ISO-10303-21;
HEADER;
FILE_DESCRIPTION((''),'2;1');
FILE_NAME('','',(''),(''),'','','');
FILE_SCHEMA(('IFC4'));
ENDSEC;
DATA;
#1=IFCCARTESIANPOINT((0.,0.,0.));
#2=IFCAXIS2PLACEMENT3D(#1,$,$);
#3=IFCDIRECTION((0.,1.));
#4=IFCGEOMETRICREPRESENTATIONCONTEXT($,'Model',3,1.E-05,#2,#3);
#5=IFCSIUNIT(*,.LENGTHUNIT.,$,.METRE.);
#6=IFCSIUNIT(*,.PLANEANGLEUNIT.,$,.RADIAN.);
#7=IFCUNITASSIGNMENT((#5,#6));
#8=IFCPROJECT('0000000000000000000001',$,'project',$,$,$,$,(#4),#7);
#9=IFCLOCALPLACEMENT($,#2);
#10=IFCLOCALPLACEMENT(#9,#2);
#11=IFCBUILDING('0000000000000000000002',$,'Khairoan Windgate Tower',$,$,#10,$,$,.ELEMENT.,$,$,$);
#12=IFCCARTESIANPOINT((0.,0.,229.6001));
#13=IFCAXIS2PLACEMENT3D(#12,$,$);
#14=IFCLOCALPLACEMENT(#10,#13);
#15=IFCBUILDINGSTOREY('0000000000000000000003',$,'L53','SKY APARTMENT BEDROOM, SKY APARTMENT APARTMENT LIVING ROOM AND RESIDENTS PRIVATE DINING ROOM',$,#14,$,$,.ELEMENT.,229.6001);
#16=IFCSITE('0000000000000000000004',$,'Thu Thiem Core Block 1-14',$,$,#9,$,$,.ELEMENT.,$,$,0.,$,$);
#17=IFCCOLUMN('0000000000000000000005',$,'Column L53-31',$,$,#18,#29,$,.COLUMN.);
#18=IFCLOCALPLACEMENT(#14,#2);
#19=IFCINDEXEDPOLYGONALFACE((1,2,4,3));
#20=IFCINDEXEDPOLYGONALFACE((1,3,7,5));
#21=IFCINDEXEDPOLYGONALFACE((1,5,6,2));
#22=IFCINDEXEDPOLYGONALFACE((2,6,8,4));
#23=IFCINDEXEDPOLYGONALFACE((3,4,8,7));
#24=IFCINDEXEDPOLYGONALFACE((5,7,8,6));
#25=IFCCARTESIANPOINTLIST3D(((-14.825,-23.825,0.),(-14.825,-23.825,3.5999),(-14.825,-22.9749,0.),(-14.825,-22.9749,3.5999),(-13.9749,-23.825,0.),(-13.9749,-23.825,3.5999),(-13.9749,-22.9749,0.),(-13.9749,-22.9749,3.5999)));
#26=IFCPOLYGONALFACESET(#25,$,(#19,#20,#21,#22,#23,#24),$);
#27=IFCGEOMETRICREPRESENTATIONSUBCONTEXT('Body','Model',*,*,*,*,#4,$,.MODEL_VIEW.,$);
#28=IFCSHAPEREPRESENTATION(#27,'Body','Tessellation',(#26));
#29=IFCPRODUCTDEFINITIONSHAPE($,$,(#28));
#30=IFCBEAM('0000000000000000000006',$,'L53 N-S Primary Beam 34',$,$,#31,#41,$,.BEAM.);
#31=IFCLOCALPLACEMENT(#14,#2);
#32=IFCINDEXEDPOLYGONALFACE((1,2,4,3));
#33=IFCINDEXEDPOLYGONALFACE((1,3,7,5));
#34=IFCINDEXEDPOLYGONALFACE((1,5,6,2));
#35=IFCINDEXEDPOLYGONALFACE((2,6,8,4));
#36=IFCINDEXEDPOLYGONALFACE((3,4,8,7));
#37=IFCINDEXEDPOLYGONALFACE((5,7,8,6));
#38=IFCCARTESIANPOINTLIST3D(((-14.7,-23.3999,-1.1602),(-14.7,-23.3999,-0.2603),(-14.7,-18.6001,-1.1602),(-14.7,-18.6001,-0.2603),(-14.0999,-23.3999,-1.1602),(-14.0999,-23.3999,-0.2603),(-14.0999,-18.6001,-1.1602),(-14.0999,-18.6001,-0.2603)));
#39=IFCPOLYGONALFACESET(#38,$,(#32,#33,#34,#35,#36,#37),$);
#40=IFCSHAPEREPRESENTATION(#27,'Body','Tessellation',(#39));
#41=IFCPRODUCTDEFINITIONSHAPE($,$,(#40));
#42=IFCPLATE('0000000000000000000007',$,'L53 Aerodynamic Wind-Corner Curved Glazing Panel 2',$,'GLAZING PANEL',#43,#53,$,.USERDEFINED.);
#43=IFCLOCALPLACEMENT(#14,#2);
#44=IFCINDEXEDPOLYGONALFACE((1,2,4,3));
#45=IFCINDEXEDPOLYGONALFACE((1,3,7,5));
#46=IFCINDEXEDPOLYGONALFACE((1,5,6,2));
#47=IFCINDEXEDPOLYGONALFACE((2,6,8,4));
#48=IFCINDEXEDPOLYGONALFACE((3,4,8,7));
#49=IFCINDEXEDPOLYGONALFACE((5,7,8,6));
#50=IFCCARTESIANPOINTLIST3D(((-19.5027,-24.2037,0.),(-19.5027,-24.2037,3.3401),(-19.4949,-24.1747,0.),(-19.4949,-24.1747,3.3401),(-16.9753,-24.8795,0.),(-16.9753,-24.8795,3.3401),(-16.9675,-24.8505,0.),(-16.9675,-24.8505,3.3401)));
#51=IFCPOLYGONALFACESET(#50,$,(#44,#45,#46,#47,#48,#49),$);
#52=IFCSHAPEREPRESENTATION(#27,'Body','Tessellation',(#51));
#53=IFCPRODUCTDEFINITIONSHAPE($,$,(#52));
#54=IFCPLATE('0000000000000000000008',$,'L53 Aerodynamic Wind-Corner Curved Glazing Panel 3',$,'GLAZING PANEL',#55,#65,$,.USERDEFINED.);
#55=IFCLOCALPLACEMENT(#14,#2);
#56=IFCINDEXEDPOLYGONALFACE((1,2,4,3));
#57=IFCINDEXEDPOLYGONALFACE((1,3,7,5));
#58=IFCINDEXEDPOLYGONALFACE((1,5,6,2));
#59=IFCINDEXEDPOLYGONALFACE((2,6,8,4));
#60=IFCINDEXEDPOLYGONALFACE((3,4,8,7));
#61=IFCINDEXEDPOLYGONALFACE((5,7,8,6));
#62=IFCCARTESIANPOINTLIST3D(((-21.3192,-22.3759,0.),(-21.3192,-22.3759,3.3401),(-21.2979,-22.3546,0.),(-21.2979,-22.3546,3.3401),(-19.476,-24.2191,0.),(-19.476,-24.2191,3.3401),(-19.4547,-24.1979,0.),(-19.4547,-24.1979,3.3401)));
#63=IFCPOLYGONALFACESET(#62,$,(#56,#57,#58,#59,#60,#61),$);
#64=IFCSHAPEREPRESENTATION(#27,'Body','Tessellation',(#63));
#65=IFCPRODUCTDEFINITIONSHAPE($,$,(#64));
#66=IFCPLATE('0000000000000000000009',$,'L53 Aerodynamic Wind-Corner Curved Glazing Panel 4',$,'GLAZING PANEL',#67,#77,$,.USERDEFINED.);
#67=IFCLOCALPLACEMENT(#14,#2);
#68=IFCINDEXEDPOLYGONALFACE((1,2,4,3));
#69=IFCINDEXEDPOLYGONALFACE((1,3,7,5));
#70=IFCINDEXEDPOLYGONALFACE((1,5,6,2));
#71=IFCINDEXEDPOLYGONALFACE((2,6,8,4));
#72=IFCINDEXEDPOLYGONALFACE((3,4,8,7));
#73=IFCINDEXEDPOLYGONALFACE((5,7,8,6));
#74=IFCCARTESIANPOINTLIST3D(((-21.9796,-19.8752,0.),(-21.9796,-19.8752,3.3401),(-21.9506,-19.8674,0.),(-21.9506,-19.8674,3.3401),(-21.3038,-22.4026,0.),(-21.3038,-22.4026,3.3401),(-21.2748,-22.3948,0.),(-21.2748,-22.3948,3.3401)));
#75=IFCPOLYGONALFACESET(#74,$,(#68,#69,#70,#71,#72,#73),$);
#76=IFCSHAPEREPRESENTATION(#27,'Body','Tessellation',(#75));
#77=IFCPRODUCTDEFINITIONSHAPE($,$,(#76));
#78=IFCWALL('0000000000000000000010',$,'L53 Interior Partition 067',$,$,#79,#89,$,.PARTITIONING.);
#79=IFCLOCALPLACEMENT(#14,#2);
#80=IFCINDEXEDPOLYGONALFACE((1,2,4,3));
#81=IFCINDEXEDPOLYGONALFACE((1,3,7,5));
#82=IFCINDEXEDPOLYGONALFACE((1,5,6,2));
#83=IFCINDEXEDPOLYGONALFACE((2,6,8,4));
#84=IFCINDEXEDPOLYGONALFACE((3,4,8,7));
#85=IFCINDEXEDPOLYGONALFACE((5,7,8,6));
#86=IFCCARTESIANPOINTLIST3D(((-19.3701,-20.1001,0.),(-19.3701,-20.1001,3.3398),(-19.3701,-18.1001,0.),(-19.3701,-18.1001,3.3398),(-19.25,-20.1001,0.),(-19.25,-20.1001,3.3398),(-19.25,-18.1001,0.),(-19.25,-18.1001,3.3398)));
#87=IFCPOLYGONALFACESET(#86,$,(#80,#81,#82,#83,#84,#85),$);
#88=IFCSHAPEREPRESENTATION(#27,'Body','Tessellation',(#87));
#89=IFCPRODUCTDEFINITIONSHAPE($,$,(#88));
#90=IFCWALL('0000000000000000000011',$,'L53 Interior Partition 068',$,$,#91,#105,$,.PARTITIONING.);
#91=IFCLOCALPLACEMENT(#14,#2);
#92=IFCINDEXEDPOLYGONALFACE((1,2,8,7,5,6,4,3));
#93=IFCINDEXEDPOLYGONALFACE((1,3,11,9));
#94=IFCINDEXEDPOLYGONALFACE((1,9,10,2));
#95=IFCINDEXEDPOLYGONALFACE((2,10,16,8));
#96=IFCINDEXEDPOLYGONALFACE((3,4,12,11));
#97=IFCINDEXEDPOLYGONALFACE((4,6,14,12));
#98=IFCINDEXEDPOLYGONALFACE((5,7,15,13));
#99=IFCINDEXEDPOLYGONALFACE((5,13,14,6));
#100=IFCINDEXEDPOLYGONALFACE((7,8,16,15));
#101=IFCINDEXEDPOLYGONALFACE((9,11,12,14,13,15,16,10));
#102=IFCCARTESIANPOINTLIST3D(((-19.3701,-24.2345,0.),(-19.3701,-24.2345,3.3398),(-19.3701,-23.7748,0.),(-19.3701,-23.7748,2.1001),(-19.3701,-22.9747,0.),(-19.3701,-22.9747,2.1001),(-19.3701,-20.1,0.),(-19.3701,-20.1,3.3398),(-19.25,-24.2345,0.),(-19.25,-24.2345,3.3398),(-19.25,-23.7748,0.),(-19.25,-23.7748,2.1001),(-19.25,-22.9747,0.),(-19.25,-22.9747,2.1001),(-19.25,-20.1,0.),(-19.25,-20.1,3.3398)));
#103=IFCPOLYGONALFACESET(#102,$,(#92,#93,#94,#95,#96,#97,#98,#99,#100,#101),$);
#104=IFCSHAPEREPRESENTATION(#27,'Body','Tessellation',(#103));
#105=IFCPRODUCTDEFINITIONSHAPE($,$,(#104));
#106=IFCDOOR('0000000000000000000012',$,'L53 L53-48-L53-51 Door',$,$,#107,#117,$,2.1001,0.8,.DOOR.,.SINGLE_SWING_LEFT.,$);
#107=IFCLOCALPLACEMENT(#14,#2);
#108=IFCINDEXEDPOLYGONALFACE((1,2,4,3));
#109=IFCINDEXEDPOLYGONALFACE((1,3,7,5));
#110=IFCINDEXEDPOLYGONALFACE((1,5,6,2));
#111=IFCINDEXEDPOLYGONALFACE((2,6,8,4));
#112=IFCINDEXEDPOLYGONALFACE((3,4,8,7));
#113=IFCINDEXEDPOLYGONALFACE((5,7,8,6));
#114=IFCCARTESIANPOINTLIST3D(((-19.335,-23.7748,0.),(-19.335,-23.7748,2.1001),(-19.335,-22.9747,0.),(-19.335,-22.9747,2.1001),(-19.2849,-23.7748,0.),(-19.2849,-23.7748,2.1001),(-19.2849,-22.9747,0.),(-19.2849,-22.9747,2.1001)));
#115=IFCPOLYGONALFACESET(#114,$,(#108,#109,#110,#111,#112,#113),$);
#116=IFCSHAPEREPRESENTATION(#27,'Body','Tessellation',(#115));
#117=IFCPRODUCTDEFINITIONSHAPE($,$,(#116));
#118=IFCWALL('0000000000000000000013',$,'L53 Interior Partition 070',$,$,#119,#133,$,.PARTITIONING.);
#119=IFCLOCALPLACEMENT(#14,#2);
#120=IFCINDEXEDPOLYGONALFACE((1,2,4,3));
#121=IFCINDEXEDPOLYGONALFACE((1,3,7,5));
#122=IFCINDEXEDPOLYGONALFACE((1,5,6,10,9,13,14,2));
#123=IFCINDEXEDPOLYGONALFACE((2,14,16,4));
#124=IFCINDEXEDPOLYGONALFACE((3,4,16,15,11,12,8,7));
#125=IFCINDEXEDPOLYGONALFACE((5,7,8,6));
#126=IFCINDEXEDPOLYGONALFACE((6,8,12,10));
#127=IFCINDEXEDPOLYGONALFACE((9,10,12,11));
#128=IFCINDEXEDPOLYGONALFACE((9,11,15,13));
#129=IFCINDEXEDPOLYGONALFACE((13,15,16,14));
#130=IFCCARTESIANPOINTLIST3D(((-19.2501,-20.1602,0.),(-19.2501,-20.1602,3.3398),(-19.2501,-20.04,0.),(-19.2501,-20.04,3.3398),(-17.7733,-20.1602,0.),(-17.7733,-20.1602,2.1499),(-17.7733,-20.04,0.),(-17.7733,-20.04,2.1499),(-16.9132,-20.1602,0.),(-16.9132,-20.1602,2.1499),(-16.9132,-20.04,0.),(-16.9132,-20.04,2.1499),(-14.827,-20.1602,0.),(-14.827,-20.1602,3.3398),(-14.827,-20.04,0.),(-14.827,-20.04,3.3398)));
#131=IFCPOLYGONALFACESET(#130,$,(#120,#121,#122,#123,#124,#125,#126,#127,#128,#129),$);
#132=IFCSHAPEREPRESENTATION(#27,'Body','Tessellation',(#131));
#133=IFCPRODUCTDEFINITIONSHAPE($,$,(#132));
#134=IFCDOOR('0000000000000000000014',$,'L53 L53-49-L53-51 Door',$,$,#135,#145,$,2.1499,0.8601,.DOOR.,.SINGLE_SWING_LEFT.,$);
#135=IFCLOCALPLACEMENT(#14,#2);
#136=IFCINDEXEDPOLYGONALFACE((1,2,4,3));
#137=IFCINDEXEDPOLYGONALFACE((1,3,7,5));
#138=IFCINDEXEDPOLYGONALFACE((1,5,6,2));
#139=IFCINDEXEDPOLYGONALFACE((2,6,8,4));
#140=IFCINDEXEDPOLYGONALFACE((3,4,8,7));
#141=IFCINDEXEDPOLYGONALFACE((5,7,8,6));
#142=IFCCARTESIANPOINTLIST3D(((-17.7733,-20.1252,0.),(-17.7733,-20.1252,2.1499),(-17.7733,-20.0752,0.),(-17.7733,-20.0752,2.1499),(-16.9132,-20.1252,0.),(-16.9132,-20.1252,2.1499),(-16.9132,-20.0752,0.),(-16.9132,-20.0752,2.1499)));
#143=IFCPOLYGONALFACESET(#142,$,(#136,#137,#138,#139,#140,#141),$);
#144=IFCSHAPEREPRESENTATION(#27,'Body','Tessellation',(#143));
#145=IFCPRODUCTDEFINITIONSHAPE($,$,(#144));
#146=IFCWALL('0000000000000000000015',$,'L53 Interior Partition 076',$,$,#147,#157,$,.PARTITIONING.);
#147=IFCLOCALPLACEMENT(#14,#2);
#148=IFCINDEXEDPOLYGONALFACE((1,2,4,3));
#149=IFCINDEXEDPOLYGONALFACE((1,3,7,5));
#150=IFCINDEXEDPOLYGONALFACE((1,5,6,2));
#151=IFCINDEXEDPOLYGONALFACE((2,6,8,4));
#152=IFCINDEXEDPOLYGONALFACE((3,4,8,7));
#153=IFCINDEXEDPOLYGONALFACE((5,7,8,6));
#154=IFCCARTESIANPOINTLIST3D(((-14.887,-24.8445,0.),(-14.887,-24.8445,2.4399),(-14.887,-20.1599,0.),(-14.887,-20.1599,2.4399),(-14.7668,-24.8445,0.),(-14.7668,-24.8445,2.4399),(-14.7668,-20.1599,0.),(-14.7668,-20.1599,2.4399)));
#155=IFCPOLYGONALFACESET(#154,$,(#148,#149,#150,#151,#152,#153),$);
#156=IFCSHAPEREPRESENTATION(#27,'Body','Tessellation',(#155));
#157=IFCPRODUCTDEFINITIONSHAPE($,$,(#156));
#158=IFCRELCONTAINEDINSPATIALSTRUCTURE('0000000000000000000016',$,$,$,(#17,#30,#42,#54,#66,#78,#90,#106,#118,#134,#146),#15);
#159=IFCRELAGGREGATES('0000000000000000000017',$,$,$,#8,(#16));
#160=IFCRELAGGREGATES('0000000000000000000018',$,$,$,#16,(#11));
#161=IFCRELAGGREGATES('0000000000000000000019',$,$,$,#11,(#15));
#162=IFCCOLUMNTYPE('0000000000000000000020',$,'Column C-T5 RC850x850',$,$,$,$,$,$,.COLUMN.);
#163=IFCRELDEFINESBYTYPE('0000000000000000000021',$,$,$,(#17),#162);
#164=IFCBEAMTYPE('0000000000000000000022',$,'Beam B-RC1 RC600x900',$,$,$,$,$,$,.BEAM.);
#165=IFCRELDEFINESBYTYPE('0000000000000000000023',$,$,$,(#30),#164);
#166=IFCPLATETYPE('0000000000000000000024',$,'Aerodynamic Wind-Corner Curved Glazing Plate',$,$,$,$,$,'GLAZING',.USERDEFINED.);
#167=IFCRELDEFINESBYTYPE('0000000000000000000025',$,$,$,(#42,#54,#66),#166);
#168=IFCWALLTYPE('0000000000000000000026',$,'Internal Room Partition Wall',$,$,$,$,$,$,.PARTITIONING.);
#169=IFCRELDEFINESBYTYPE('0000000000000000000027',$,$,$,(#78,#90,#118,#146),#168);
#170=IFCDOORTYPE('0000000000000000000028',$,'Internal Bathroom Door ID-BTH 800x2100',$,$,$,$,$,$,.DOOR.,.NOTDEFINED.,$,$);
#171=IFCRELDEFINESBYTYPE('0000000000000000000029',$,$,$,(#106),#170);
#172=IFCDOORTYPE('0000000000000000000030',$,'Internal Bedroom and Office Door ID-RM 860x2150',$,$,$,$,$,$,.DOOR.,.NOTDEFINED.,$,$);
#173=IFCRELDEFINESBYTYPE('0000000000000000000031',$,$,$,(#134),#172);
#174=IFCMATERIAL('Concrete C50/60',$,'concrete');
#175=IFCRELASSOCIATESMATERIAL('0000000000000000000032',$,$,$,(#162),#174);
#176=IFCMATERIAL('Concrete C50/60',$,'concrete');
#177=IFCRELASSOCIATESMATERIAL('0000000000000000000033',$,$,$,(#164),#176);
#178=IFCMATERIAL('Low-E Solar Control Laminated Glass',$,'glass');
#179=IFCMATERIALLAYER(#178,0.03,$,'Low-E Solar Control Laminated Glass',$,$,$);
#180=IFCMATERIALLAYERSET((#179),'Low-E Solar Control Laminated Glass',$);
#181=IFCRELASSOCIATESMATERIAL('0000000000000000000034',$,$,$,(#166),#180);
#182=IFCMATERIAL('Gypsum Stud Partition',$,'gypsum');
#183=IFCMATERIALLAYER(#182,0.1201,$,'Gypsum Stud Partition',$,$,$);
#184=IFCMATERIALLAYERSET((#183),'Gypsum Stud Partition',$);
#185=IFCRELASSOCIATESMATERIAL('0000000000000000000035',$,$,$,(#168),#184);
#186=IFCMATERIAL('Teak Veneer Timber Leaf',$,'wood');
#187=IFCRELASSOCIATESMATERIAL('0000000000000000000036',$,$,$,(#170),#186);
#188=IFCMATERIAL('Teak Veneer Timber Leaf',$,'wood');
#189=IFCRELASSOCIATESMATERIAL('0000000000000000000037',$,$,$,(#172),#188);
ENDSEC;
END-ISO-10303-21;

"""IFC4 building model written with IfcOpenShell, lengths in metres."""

from ifc_helpers import new_model, si_unit, direction, frame, frame_2d, origin, origin_2d, place, context, subcontext, project, spatial, rectangle, extrude, material, layer, layer_set, material_profile, profile_set, type_object, element, fill, save


model = new_model("IFC4")

# Units and contexts
model_context = context("Model", 3, precision=1e-05, world=origin(), true_north=direction((0.0, 1.0)))
body_context = subcontext(model_context, "Body", "Model", "MODEL_VIEW")
ifc_project = project(units=[si_unit("LENGTHUNIT", "METRE"), si_unit("PLANEANGLEUNIT", "RADIAN")], contexts=[model_context])

# Site, building, storey
site_placement = place(None, origin())
site = spatial("IfcSite", under=ifc_project, at=site_placement, Name="Thu Thiem Core Block 1-14", CompositionType="ELEMENT", RefElevation=0.0)
building_placement = place(site_placement, origin())
building = spatial("IfcBuilding", under=site, at=building_placement, Name="Khairoan Windgate Tower", CompositionType="ELEMENT")
storey_placement = place(building_placement, frame((0.0, 0.0, 229.6001)))
storey = spatial("IfcBuildingStorey", under=building, at=storey_placement, Name="L53", Description="SKY APARTMENT BEDROOM, SKY APARTMENT APARTMENT LIVING ROOM AND RESIDENTS PRIVATE DINING ROOM", CompositionType="ELEMENT", Elevation=229.6001)

# Column
ifc_material_1 = material(Name="Concrete C50/60", Category="concrete")
ifc_material_profile_1 = material_profile(ifc_material_1, rectangle(XDim=0.8501, YDim=0.8501, at=origin_2d()))
ifc_profile_set_1 = profile_set([ifc_material_profile_1], Name="Concrete C50/60")
column_type = type_object("IfcColumnType", Name="Column C-T5 RC850x850", PredefinedType="COLUMN", material=ifc_profile_set_1)
column_placement = place(storey_placement, frame((-14.3999, -23.3999, 0.0), z_axis=(0.0, 0.0, 1.0), x_axis=(1.0, 0.0, 0.0)))
element("IfcColumn", 1, at=column_placement, inside=storey, type_object=column_type, Name="Column L53-31", PredefinedType="COLUMN", context=body_context, shape_type="SweptSolid", body=[
    extrude(rectangle(XDim=0.8501, YDim=0.8501, at=origin_2d()), origin(), (0.0, 0.0, 1.0), 3.5999),
])

# Beam
ifc_material_2 = material(Name="Concrete C50/60", Category="concrete")
ifc_material_profile_2 = material_profile(ifc_material_2, rectangle(XDim=0.6001, YDim=0.8999, at=origin_2d()))
ifc_profile_set_2 = profile_set([ifc_material_profile_2], Name="Concrete C50/60")
beam_type = type_object("IfcBeamType", Name="Beam B-RC1 RC600x900", PredefinedType="BEAM", material=ifc_profile_set_2)
beam_placement = place(storey_placement, frame((-14.3999, -23.3999, -0.7102), z_axis=(0.0, 1.0, 0.0), x_axis=(-1.0, 0.0, 0.0)))
element("IfcBeam", 2, at=beam_placement, inside=storey, type_object=beam_type, Name="L53 N-S Primary Beam 34", PredefinedType="BEAM", context=body_context, shape_type="SweptSolid", body=[
    extrude(rectangle(XDim=0.6001, YDim=0.8999, at=origin_2d()), origin(), (0.0, 0.0, 1.0), 4.7998),
])

# Plates
ifc_material_3 = material(Name="Low-E Solar Control Laminated Glass", Category="glass")
ifc_layer_1 = layer(ifc_material_3, 0.03, Name="Low-E Solar Control Laminated Glass")
ifc_layer_set_1 = layer_set([ifc_layer_1], Name="Low-E Solar Control Laminated Glass")
plate_type = type_object("IfcPlateType", Name="Aerodynamic Wind-Corner Curved Glazing Plate", ElementType="GLAZING", PredefinedType="USERDEFINED", material=ifc_layer_set_1)
plate_1_placement = place(storey_placement, frame((-18.2351, -24.5271, 0.0), z_axis=(0.0, 0.0, 1.0), x_axis=(-0.966061, 0.258313, 0.0)))
element("IfcPlate", 3, at=plate_1_placement, inside=storey, type_object=plate_type, Name="L53 Aerodynamic Wind-Corner Curved Glazing Panel 2", ObjectType="GLAZING PANEL", PredefinedType="USERDEFINED", context=body_context, shape_type="SweptSolid", body=[
    extrude(rectangle(XDim=2.6162, YDim=0.03, at=origin_2d()), origin(), (0.0, 0.0, 1.0), 3.3401),
])
plate_2_placement = place(storey_placement, frame((-20.387, -23.2869, 0.0), z_axis=(0.0, 0.0, 1.0), x_axis=(-0.707107, 0.707107, 0.0)))
element("IfcPlate", 4, at=plate_2_placement, inside=storey, type_object=plate_type, Name="L53 Aerodynamic Wind-Corner Curved Glazing Panel 3", ObjectType="GLAZING PANEL", PredefinedType="USERDEFINED", context=body_context, shape_type="SweptSolid", body=[
    extrude(rectangle(XDim=2.6067, YDim=0.03, at=origin_2d()), origin(), (0.0, 0.0, 1.0), 3.3401),
])
plate_3_placement = place(storey_placement, frame((-21.6272, -21.135, 0.0), z_axis=(0.0, 0.0, 1.0), x_axis=(-0.258313, 0.966061, 0.0)))
element("IfcPlate", 5, at=plate_3_placement, inside=storey, type_object=plate_type, Name="L53 Aerodynamic Wind-Corner Curved Glazing Panel 4", ObjectType="GLAZING PANEL", PredefinedType="USERDEFINED", context=body_context, shape_type="SweptSolid", body=[
    extrude(rectangle(XDim=2.6162, YDim=0.03, at=origin_2d()), origin(), (0.0, 0.0, 1.0), 3.3401),
])

# Wall
ifc_material_4 = material(Name="Gypsum Stud Partition", Category="gypsum")
ifc_layer_2 = layer(ifc_material_4, 0.1201, Name="Gypsum Stud Partition")
ifc_layer_set_2 = layer_set([ifc_layer_2], Name="Gypsum Stud Partition")
wall_type = type_object("IfcWallType", Name="Internal Room Partition Wall", PredefinedType="PARTITIONING", material=ifc_layer_set_2)
wall_1_placement = place(storey_placement, frame((-19.3101, -20.1001, 0.0), z_axis=(0.0, 0.0, 1.0), x_axis=(0.0, 1.0, 0.0)))
element("IfcWall", 6, at=wall_1_placement, inside=storey, type_object=wall_type, Name="L53 Interior Partition 067", PredefinedType="PARTITIONING", context=body_context, shape_type="SweptSolid", body=[
    extrude(rectangle(XDim=2.0, YDim=0.1201, at=frame_2d((1.0, 0.0))), origin(), (0.0, 0.0, 1.0), 3.3398),
])

# Walls, openings, doors
wall_2_placement = place(storey_placement, frame((-19.3101, -24.2346, 0.0), z_axis=(0.0, 0.0, 1.0), x_axis=(0.0, 1.0, 0.0)))
wall_2 = element("IfcWall", 7, at=wall_2_placement, inside=storey, type_object=wall_type, Name="L53 Interior Partition 068", PredefinedType="PARTITIONING", context=body_context, shape_type="SweptSolid", body=[
    extrude(rectangle(XDim=4.1345, YDim=0.1201, at=frame_2d((2.0674, 0.0))), origin(), (0.0, 0.0, 1.0), 3.3398),
])
opening_1_placement = place(wall_2_placement, frame((0.46, 0.0, 0.0)))
opening_1 = element("IfcOpeningElement", 8, at=opening_1_placement, cuts=wall_2, PredefinedType="OPENING", context=body_context, shape_type="SweptSolid", body=[
    extrude(rectangle(XDim=0.8, YDim=2.1001, at=frame_2d((0.3999, 1.05))), frame((0.0, 0.0701, 0.0), z_axis=(0.0, -1.0, 0.0), x_axis=(1.0, 0.0, 0.0)), (0.0, 0.0, 1.0), 0.1401),
])
ifc_material_5 = material(Name="Teak Veneer Timber Leaf", Category="wood")
door_type_1 = type_object("IfcDoorType", Name="Internal Bathroom Door ID-BTH 800x2100", OperationType="NOTDEFINED", PredefinedType="DOOR", material=ifc_material_5)
door_1_placement = place(opening_1_placement, origin())
door_1 = element("IfcDoor", 9, at=door_1_placement, inside=storey, type_object=door_type_1, Name="L53 L53-48-L53-51 Door", OperationType="SINGLE_SWING_LEFT", OverallHeight=2.1001, OverallWidth=0.8, PredefinedType="DOOR", context=body_context, shape_type="SweptSolid", body=[
    extrude(rectangle(XDim=0.8, YDim=2.1001, at=frame_2d((0.3999, 1.05))), frame((0.0, 0.0249, 0.0), z_axis=(0.0, -1.0, 0.0), x_axis=(1.0, 0.0, 0.0)), (0.0, 0.0, 1.0), 0.05),
])
fill(opening_1, door_1)
wall_3_placement = place(storey_placement, frame((-19.25, -20.1001, 0.0), z_axis=(0.0, 0.0, 1.0), x_axis=(1.0, 0.0, 0.0)))
wall_3 = element("IfcWall", 10, at=wall_3_placement, inside=storey, type_object=wall_type, Name="L53 Interior Partition 070", PredefinedType="PARTITIONING", context=body_context, shape_type="SweptSolid", body=[
    extrude(rectangle(XDim=4.4231, YDim=0.1201, at=frame_2d((2.2114, 0.0))), origin(), (0.0, 0.0, 1.0), 3.3398),
])
opening_2_placement = place(wall_3_placement, frame((1.4766, 0.0, 0.0)))
opening_2 = element("IfcOpeningElement", 11, at=opening_2_placement, cuts=wall_3, PredefinedType="OPENING", context=body_context, shape_type="SweptSolid", body=[
    extrude(rectangle(XDim=0.8601, YDim=2.1499, at=frame_2d((0.4302, 1.075))), frame((0.0, 0.0701, 0.0), z_axis=(0.0, -1.0, 0.0), x_axis=(1.0, 0.0, 0.0)), (0.0, 0.0, 1.0), 0.1401),
])
ifc_material_6 = material(Name="Teak Veneer Timber Leaf", Category="wood")
door_type_2 = type_object("IfcDoorType", Name="Internal Bedroom and Office Door ID-RM 860x2150", OperationType="NOTDEFINED", PredefinedType="DOOR", material=ifc_material_6)
door_2_placement = place(opening_2_placement, origin())
door_2 = element("IfcDoor", 12, at=door_2_placement, inside=storey, type_object=door_type_2, Name="L53 L53-49-L53-51 Door", OperationType="SINGLE_SWING_LEFT", OverallHeight=2.1499, OverallWidth=0.8601, PredefinedType="DOOR", context=body_context, shape_type="SweptSolid", body=[
    extrude(rectangle(XDim=0.8601, YDim=2.1499, at=frame_2d((0.4302, 1.075))), frame((0.0, 0.0249, 0.0), z_axis=(0.0, -1.0, 0.0), x_axis=(1.0, 0.0, 0.0)), (0.0, 0.0, 1.0), 0.05),
])
fill(opening_2, door_2)

# Wall
wall_4_placement = place(storey_placement, frame((-14.8269, -24.8445, 0.0), z_axis=(0.0, 0.0, 1.0), x_axis=(0.0, 1.0, 0.0)))
element("IfcWall", 13, at=wall_4_placement, inside=storey, type_object=wall_type, Name="L53 Interior Partition 076", PredefinedType="PARTITIONING", context=body_context, shape_type="SweptSolid", body=[
    extrude(rectangle(XDim=4.6846, YDim=0.1201, at=frame_2d((2.3423, 0.0))), origin(), (0.0, 0.0, 1.0), 2.4399),
])

save(model, "model.ifc")
